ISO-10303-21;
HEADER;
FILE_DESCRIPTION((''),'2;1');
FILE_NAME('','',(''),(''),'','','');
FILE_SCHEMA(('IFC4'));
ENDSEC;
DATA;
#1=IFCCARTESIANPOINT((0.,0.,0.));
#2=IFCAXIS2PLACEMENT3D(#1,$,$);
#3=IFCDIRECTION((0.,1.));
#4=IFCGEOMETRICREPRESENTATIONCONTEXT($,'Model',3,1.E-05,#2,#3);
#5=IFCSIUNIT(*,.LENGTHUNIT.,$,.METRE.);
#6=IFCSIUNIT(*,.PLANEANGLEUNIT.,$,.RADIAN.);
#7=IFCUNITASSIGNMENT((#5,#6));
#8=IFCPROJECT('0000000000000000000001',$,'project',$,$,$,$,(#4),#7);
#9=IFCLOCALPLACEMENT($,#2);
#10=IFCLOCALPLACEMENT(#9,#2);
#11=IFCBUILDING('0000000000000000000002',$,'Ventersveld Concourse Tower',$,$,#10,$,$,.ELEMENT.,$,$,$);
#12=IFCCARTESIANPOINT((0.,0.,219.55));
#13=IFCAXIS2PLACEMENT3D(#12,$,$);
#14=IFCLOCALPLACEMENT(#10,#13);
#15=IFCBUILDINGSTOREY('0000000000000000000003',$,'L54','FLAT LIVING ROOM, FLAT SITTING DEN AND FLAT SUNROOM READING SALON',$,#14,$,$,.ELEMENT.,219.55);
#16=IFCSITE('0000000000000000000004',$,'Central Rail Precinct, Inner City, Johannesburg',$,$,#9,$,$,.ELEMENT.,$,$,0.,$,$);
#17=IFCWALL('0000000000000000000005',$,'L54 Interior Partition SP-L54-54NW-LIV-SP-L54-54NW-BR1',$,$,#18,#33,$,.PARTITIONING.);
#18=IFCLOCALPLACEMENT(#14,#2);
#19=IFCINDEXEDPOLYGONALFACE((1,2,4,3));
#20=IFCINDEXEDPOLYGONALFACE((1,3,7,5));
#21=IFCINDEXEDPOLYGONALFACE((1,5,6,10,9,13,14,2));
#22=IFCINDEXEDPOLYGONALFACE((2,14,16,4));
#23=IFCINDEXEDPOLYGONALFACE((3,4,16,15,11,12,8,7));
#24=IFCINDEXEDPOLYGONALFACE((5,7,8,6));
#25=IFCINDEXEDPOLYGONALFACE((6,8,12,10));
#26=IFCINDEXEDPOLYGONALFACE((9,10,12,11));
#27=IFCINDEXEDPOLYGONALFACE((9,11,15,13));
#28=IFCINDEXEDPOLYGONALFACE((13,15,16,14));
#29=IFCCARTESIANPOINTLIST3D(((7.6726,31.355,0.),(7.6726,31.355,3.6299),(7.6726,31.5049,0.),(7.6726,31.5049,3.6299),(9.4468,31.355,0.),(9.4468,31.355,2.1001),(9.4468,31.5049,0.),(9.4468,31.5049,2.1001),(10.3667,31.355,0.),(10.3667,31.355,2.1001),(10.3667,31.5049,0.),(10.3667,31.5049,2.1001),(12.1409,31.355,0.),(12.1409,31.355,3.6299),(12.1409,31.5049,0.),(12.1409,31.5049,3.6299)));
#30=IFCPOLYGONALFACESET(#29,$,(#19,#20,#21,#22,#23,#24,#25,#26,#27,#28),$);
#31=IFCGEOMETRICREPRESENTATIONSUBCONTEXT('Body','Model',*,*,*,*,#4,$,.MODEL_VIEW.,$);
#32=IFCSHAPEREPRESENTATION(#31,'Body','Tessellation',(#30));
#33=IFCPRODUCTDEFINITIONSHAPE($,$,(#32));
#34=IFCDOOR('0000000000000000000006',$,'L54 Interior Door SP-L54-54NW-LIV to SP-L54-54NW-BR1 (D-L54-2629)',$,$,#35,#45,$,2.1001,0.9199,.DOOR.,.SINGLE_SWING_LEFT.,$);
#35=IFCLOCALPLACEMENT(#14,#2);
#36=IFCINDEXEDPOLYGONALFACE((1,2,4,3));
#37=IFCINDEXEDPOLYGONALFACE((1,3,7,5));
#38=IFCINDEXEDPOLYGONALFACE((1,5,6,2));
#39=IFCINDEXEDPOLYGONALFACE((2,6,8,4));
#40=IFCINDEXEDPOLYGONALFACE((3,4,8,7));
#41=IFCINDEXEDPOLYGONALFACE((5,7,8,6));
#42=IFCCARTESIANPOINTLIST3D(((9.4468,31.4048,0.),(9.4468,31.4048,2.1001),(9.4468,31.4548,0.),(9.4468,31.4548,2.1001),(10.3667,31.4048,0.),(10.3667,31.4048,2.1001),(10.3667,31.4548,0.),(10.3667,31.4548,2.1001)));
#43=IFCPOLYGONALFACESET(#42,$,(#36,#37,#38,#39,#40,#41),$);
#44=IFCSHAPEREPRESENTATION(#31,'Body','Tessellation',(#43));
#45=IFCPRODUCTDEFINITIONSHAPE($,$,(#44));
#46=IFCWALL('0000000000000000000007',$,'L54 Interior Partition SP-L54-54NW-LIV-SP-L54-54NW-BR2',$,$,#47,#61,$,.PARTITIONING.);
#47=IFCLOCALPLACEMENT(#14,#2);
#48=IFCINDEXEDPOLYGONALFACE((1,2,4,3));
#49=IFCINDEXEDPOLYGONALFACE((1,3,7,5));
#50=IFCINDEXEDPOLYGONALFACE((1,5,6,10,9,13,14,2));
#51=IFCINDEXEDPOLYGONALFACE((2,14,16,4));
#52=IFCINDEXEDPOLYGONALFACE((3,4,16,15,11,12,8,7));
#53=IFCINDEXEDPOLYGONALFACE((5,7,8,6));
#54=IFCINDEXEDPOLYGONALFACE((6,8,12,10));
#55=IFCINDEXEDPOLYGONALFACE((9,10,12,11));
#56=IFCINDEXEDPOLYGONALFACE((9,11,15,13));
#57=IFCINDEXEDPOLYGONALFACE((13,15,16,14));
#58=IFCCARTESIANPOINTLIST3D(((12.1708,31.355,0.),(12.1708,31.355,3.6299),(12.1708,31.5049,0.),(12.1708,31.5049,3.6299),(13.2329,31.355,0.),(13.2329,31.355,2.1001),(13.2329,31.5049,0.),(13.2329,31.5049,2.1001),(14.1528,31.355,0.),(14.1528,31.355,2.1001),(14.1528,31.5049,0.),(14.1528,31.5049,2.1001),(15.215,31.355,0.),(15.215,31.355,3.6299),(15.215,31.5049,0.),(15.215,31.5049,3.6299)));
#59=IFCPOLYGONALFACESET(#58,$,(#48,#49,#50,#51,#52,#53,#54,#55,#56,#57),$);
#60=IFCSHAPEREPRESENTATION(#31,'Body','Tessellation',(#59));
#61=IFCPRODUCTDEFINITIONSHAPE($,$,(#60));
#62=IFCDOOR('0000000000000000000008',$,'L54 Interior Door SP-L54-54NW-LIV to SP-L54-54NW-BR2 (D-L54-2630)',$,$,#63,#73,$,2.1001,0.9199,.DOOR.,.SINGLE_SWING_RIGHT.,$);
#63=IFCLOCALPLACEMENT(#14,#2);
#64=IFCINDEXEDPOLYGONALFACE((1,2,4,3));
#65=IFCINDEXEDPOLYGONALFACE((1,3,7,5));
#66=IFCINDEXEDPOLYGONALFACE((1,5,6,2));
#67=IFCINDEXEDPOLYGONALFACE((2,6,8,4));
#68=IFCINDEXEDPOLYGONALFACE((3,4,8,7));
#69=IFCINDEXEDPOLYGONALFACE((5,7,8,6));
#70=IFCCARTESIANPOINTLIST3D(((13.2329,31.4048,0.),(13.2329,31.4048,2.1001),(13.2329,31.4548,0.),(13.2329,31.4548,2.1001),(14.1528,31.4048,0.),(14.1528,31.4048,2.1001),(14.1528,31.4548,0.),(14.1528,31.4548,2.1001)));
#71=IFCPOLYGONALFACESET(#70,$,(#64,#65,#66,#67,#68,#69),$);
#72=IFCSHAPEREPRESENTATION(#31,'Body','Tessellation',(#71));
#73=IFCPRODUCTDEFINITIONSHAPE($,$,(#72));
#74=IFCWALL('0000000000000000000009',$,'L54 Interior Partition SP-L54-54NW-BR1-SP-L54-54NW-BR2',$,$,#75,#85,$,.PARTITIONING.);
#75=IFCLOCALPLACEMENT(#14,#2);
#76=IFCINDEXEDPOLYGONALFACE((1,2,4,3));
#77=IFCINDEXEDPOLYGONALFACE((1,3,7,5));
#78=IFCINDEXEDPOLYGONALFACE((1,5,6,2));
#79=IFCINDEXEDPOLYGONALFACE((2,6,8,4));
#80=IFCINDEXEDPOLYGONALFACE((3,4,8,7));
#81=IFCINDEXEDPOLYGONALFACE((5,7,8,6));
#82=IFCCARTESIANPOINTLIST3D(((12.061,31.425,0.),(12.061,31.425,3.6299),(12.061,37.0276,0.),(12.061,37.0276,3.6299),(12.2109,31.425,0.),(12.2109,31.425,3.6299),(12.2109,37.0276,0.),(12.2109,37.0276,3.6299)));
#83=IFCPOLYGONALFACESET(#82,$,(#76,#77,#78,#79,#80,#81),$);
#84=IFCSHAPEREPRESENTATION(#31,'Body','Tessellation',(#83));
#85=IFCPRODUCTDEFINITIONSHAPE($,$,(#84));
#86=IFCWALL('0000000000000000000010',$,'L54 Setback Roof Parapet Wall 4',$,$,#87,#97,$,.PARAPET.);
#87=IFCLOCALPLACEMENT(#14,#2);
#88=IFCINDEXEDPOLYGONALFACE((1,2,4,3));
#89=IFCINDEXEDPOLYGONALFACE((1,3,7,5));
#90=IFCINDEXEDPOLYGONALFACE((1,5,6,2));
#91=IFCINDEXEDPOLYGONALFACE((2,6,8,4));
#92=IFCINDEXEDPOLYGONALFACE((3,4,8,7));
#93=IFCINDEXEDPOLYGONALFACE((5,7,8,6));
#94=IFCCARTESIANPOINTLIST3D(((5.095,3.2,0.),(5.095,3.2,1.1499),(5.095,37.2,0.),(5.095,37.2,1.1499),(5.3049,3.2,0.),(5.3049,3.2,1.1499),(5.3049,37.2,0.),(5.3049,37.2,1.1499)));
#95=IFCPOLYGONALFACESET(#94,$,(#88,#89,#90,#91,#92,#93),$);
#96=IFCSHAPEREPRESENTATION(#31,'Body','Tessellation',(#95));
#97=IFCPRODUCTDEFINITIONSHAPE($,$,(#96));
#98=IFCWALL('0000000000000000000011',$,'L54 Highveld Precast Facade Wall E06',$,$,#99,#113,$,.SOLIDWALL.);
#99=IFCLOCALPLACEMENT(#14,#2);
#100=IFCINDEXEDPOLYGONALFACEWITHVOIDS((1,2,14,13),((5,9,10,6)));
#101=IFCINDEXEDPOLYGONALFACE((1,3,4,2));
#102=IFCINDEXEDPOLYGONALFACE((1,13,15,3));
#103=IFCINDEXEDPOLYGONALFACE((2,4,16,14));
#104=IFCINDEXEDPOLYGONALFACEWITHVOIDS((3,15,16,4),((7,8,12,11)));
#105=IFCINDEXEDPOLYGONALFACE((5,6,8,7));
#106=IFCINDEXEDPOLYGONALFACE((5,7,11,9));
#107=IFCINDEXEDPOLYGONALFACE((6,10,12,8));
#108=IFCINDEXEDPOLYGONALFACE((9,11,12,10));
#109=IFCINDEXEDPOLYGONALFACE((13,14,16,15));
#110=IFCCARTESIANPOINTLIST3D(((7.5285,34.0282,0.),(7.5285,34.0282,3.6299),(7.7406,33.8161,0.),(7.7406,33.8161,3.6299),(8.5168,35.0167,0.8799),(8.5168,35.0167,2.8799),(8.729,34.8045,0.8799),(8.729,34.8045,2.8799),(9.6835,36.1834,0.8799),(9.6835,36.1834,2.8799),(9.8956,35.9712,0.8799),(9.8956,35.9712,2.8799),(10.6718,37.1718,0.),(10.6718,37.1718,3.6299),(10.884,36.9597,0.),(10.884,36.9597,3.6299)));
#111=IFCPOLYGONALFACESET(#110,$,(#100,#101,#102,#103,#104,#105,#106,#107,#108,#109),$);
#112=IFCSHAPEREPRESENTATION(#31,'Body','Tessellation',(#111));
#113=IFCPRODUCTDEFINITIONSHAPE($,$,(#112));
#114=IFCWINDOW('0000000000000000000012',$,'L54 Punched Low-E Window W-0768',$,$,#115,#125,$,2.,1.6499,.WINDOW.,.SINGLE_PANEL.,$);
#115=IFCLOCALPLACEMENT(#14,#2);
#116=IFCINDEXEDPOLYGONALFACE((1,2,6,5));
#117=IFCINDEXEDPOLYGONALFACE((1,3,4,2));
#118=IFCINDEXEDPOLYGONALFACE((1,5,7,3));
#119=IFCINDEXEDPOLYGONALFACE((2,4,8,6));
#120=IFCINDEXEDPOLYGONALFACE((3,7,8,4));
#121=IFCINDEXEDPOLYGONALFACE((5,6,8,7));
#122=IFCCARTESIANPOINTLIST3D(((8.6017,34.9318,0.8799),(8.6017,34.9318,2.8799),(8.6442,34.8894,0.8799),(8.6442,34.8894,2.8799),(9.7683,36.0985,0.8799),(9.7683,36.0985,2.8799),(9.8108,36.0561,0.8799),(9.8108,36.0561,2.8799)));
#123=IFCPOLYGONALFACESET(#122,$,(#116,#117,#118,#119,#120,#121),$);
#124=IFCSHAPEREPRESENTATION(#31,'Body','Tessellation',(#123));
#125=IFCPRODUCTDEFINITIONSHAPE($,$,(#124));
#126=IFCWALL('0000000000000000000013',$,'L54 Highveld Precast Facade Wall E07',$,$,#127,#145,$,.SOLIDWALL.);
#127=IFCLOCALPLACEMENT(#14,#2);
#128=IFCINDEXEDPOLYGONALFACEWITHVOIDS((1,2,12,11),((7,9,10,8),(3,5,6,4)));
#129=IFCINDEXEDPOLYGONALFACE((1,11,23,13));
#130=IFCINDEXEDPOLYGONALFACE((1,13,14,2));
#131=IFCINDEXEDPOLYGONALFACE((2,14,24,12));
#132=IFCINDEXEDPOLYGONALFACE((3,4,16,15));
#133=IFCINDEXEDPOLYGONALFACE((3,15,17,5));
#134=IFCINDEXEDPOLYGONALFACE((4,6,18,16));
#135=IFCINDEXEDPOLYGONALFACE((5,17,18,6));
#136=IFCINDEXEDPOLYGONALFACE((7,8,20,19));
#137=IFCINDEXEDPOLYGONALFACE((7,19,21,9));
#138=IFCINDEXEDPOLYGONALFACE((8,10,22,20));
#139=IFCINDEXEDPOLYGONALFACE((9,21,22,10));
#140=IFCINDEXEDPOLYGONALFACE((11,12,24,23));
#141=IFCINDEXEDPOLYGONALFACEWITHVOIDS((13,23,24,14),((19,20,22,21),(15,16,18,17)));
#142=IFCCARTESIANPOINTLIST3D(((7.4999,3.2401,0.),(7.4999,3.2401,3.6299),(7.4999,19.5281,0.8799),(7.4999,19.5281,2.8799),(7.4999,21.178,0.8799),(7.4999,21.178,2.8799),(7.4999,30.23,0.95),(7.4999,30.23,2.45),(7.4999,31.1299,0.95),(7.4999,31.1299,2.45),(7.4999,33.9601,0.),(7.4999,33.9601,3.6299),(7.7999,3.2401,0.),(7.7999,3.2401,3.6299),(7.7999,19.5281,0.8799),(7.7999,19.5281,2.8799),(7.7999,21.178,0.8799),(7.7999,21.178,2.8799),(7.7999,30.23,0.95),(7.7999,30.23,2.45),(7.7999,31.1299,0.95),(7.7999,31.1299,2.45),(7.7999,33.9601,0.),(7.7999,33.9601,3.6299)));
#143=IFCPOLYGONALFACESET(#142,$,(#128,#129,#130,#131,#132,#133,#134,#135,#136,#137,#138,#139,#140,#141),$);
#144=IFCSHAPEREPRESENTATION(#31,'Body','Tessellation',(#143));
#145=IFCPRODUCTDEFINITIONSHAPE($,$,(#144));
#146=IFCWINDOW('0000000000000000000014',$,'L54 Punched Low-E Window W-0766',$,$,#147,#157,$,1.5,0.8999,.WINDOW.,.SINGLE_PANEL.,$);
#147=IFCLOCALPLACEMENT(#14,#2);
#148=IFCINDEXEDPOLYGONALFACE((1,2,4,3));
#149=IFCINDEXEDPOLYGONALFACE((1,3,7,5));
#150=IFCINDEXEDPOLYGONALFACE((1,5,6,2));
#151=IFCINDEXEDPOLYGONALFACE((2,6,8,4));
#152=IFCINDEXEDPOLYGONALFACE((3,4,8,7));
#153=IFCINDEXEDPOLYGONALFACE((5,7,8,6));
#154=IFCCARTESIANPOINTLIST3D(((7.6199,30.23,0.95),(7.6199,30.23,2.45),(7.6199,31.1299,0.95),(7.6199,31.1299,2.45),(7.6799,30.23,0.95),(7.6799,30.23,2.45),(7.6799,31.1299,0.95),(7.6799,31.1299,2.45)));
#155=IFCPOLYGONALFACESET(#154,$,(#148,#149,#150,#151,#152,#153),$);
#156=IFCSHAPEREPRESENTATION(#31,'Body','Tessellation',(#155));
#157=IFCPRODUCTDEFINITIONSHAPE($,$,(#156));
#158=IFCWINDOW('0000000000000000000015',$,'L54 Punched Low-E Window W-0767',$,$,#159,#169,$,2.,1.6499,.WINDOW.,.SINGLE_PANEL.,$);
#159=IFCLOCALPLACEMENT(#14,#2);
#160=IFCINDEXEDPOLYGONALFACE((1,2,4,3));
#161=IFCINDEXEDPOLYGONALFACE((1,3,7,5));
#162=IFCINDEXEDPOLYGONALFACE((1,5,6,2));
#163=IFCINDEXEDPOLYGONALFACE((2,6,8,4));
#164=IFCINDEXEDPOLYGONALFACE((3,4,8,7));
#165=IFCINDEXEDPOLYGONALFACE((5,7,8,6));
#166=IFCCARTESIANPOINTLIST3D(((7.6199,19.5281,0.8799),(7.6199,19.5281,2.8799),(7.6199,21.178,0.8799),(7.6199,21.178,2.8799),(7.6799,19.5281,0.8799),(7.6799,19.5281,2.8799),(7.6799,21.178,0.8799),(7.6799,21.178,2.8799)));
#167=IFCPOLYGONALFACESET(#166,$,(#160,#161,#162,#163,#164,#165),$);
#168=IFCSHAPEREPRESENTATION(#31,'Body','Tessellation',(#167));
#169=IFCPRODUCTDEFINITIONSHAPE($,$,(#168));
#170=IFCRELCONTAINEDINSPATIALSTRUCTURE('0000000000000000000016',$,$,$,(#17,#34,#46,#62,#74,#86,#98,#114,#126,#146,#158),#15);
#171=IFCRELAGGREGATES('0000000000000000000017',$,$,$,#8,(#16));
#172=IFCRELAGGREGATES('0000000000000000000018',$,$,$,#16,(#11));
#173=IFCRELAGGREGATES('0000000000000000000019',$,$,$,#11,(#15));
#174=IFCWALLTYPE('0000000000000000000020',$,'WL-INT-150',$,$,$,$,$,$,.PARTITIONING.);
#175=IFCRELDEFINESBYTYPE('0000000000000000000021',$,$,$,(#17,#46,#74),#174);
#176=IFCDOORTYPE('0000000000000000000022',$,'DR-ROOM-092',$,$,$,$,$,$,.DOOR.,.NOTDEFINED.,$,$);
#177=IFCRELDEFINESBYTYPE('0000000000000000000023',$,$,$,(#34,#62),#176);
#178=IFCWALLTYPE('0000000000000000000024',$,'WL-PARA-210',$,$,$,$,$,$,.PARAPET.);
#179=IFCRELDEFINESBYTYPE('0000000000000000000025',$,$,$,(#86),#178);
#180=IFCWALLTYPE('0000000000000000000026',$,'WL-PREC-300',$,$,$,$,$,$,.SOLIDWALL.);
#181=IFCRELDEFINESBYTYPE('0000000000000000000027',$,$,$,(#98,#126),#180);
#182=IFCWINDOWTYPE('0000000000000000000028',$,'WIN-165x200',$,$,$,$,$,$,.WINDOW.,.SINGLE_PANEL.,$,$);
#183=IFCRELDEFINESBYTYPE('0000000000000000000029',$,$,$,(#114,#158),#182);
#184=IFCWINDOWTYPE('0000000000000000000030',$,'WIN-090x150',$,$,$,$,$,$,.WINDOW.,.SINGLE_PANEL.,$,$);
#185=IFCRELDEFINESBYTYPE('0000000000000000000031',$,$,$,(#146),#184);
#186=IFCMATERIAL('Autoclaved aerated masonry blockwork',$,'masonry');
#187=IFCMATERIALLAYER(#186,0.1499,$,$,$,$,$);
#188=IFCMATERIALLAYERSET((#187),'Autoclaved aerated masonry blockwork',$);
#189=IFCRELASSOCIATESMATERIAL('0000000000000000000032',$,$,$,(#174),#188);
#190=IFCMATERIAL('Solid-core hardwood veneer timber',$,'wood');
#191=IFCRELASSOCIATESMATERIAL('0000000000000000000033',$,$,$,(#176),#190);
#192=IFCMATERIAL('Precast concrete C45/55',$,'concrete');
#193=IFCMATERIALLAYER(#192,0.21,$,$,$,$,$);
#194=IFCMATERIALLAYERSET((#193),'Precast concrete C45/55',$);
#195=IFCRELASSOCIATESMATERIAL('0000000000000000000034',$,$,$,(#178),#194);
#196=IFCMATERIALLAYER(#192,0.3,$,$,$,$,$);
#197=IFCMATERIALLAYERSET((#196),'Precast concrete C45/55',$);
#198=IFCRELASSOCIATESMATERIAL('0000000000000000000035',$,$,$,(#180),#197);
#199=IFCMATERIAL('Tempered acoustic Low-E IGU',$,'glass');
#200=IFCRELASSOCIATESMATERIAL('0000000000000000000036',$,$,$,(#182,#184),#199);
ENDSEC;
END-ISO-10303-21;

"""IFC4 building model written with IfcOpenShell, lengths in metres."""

from ifc_helpers import new_model, si_unit, direction, frame, frame_2d, origin, place, context, subcontext, project, spatial, rectangle, extrude, material, layer, layer_set, type_object, element, fill, save


model = new_model("IFC4")

# Units and contexts
model_context = context("Model", 3, precision=1e-05, world=origin(), true_north=direction((0.0, 1.0)))
body_context = subcontext(model_context, "Body", "Model", "MODEL_VIEW")
ifc_project = project(units=[si_unit("LENGTHUNIT", "METRE"), si_unit("PLANEANGLEUNIT", "RADIAN")], contexts=[model_context])

# Site, building, storey
site_placement = place(None, origin())
site = spatial("IfcSite", under=ifc_project, at=site_placement, Name="Central Rail Precinct, Inner City, Johannesburg", CompositionType="ELEMENT", RefElevation=0.0)
building_placement = place(site_placement, origin())
building = spatial("IfcBuilding", under=site, at=building_placement, Name="Ventersveld Concourse Tower", CompositionType="ELEMENT")
storey_placement = place(building_placement, frame((0.0, 0.0, 219.55)))
storey = spatial("IfcBuildingStorey", under=building, at=storey_placement, Name="L54", Description="FLAT LIVING ROOM, FLAT SITTING DEN AND FLAT SUNROOM READING SALON", CompositionType="ELEMENT", Elevation=219.55)

# Walls, openings, doors
ifc_material_1 = material(Name="Autoclaved aerated masonry blockwork", Category="masonry")
ifc_layer_1 = layer(ifc_material_1, 0.1499)
ifc_layer_set_1 = layer_set([ifc_layer_1], Name="Autoclaved aerated masonry blockwork")
wall_type_1 = type_object("IfcWallType", Name="WL-INT-150", PredefinedType="PARTITIONING", material=ifc_layer_set_1)
wall_1_placement = place(storey_placement, frame((7.6726, 31.4299, 0.0), z_axis=(0.0, 0.0, 1.0), x_axis=(1.0, 0.0, 0.0)))
wall_1 = element("IfcWall", 1, at=wall_1_placement, inside=storey, type_object=wall_type_1, Name="L54 Interior Partition SP-L54-54NW-LIV-SP-L54-54NW-BR1", PredefinedType="PARTITIONING", context=body_context, shape_type="SweptSolid", body=[
    extrude(rectangle(XDim=4.4683, YDim=0.1499, at=frame_2d((2.2341, 0.0))), origin(), (0.0, 0.0, 1.0), 3.6299),
])
opening_1_placement = place(wall_1_placement, frame((1.7742, 0.0, 0.0)))
opening_1 = element("IfcOpeningElement", 2, at=opening_1_placement, cuts=wall_1, PredefinedType="OPENING", context=body_context, shape_type="SweptSolid", body=[
    extrude(rectangle(XDim=0.9199, YDim=2.1001, at=frame_2d((0.46, 1.05))), frame((0.0, 0.085, 0.0), z_axis=(0.0, -1.0, 0.0), x_axis=(1.0, 0.0, 0.0)), (0.0, 0.0, 1.0), 0.1699),
])
ifc_material_2 = material(Name="Solid-core hardwood veneer timber", Category="wood")
door_type = type_object("IfcDoorType", Name="DR-ROOM-092", OperationType="NOTDEFINED", PredefinedType="DOOR", material=ifc_material_2)
door_1_placement = place(opening_1_placement, origin())
door_1 = element("IfcDoor", 3, at=door_1_placement, inside=storey, type_object=door_type, Name="L54 Interior Door SP-L54-54NW-LIV to SP-L54-54NW-BR1 (D-L54-2629)", OperationType="SINGLE_SWING_LEFT", OverallHeight=2.1001, OverallWidth=0.9199, PredefinedType="DOOR", context=body_context, shape_type="SweptSolid", body=[
    extrude(rectangle(XDim=0.9199, YDim=2.1001, at=frame_2d((0.46, 1.05))), frame((0.0, 0.0249, 0.0), z_axis=(0.0, -1.0, 0.0), x_axis=(1.0, 0.0, 0.0)), (0.0, 0.0, 1.0), 0.05),
])
fill(opening_1, door_1)
wall_2_placement = place(storey_placement, frame((12.1709, 31.4299, 0.0), z_axis=(0.0, 0.0, 1.0), x_axis=(1.0, 0.0, 0.0)))
wall_2 = element("IfcWall", 4, at=wall_2_placement, inside=storey, type_object=wall_type_1, Name="L54 Interior Partition SP-L54-54NW-LIV-SP-L54-54NW-BR2", PredefinedType="PARTITIONING", context=body_context, shape_type="SweptSolid", body=[
    extrude(rectangle(XDim=3.0442, YDim=0.1499, at=frame_2d((1.522, 0.0))), origin(), (0.0, 0.0, 1.0), 3.6299),
])
opening_2_placement = place(wall_2_placement, frame((1.062, 0.0, 0.0)))
opening_2 = element("IfcOpeningElement", 5, at=opening_2_placement, cuts=wall_2, PredefinedType="OPENING", context=body_context, shape_type="SweptSolid", body=[
    extrude(rectangle(XDim=0.9199, YDim=2.1001, at=frame_2d((0.46, 1.05))), frame((0.0, 0.085, 0.0), z_axis=(0.0, -1.0, 0.0), x_axis=(1.0, 0.0, 0.0)), (0.0, 0.0, 1.0), 0.1699),
])
door_2_placement = place(opening_2_placement, origin())
door_2 = element("IfcDoor", 6, at=door_2_placement, inside=storey, type_object=door_type, Name="L54 Interior Door SP-L54-54NW-LIV to SP-L54-54NW-BR2 (D-L54-2630)", OperationType="SINGLE_SWING_RIGHT", OverallHeight=2.1001, OverallWidth=0.9199, PredefinedType="DOOR", context=body_context, shape_type="SweptSolid", body=[
    extrude(rectangle(XDim=0.9199, YDim=2.1001, at=frame_2d((0.46, 1.05))), frame((0.0, 0.0249, 0.0), z_axis=(0.0, -1.0, 0.0), x_axis=(1.0, 0.0, 0.0)), (0.0, 0.0, 1.0), 0.05),
])
fill(opening_2, door_2)

# Walls
wall_3_placement = place(storey_placement, frame((12.136, 31.425, 0.0), z_axis=(0.0, 0.0, 1.0), x_axis=(0.0, 1.0, 0.0)))
element("IfcWall", 7, at=wall_3_placement, inside=storey, type_object=wall_type_1, Name="L54 Interior Partition SP-L54-54NW-BR1-SP-L54-54NW-BR2", PredefinedType="PARTITIONING", context=body_context, shape_type="SweptSolid", body=[
    extrude(rectangle(XDim=5.6025, YDim=0.1499, at=frame_2d((2.8013, 0.0))), origin(), (0.0, 0.0, 1.0), 3.6299),
])
ifc_material_3 = material(Name="Precast concrete C45/55", Category="concrete")
ifc_layer_2 = layer(ifc_material_3, 0.21)
ifc_layer_set_2 = layer_set([ifc_layer_2], Name="Precast concrete C45/55")
wall_type_2 = type_object("IfcWallType", Name="WL-PARA-210", PredefinedType="PARAPET", material=ifc_layer_set_2)
wall_4_placement = place(storey_placement, frame((5.2, 37.2, 0.0), z_axis=(0.0, 0.0, 1.0), x_axis=(0.0, -1.0, 0.0)))
element("IfcWall", 8, at=wall_4_placement, inside=storey, type_object=wall_type_2, Name="L54 Setback Roof Parapet Wall 4", PredefinedType="PARAPET", context=body_context, shape_type="SweptSolid", body=[
    extrude(rectangle(XDim=34.0, YDim=0.21, at=frame_2d((17.0, 0.0))), origin(), (0.0, 0.0, 1.0), 1.1499),
])

# Wall, opening, window
ifc_layer_3 = layer(ifc_material_3, 0.3)
ifc_layer_set_3 = layer_set([ifc_layer_3], Name="Precast concrete C45/55")
wall_type_3 = type_object("IfcWallType", Name="WL-PREC-300", PredefinedType="SOLIDWALL", material=ifc_layer_set_3)
wall_5_placement = place(storey_placement, frame((10.7778, 37.0657, 0.0), z_axis=(0.0, 0.0, 1.0), x_axis=(-0.707079, -0.707134, 0.0)))
wall_5 = element("IfcWall", 9, at=wall_5_placement, inside=storey, type_object=wall_type_3, Name="L54 Highveld Precast Facade Wall E06", PredefinedType="SOLIDWALL", context=body_context, shape_type="SweptSolid", body=[
    extrude(rectangle(XDim=4.4456, YDim=0.3, at=frame_2d((2.2227, 0.0))), origin(), (0.0, 0.0, 1.0), 3.6299),
])
opening_3_placement = place(wall_5_placement, frame((1.3977, 0.0, 0.8799)))
opening_3 = element("IfcOpeningElement", 10, at=opening_3_placement, cuts=wall_5, PredefinedType="OPENING", context=body_context, shape_type="SweptSolid", body=[
    extrude(rectangle(XDim=1.6499, YDim=2.0, at=frame_2d((0.825, 1.0))), frame((0.0, 0.1602, 0.0), z_axis=(0.0, -1.0, 0.0), x_axis=(1.0, 0.0, 0.0)), (0.0, 0.0, 1.0), 0.3201),
])
ifc_material_4 = material(Name="Tempered acoustic Low-E IGU", Category="glass")
window_type_1 = type_object("IfcWindowType", Name="WIN-165x200", PartitioningType="SINGLE_PANEL", PredefinedType="WINDOW", material=ifc_material_4)
window_1_placement = place(opening_3_placement, origin())
window_1 = element("IfcWindow", 11, at=window_1_placement, inside=storey, type_object=window_type_1, Name="L54 Punched Low-E Window W-0768", OverallHeight=2.0, OverallWidth=1.6499, PartitioningType="SINGLE_PANEL", PredefinedType="WINDOW", context=body_context, shape_type="SweptSolid", body=[
    extrude(rectangle(XDim=1.6499, YDim=2.0, at=frame_2d((0.825, 1.0))), frame((0.0, 0.03, 0.0), z_axis=(0.0, -1.0, 0.0), x_axis=(1.0, 0.0, 0.0)), (0.0, 0.0, 1.0), 0.0601),
])
fill(opening_3, window_1)

# Wall, openings, windows
wall_6_placement = place(storey_placement, frame((7.6499, 33.96, 0.0), z_axis=(0.0, 0.0, 1.0), x_axis=(0.0, -1.0, 0.0)))
wall_6 = element("IfcWall", 12, at=wall_6_placement, inside=storey, type_object=wall_type_3, Name="L54 Highveld Precast Facade Wall E07", PredefinedType="SOLIDWALL", context=body_context, shape_type="SweptSolid", body=[
    extrude(rectangle(XDim=30.72, YDim=0.3, at=frame_2d((15.3599, 0.0))), origin(), (0.0, 0.0, 1.0), 3.6299),
])
opening_4_placement = place(wall_6_placement, frame((2.8301, 0.0, 0.95)))
opening_4 = element("IfcOpeningElement", 13, at=opening_4_placement, cuts=wall_6, PredefinedType="OPENING", context=body_context, shape_type="SweptSolid", body=[
    extrude(rectangle(XDim=0.8999, YDim=1.5, at=frame_2d((0.45, 0.75))), frame((0.0, 0.1602, 0.0), z_axis=(0.0, -1.0, 0.0), x_axis=(1.0, 0.0, 0.0)), (0.0, 0.0, 1.0), 0.3201),
])
opening_5_placement = place(wall_6_placement, frame((12.782, 0.0, 0.8799)))
opening_5 = element("IfcOpeningElement", 14, at=opening_5_placement, cuts=wall_6, PredefinedType="OPENING", context=body_context, shape_type="SweptSolid", body=[
    extrude(rectangle(XDim=1.6499, YDim=2.0, at=frame_2d((0.825, 1.0))), frame((0.0, 0.1602, 0.0), z_axis=(0.0, -1.0, 0.0), x_axis=(1.0, 0.0, 0.0)), (0.0, 0.0, 1.0), 0.3201),
])
window_type_2 = type_object("IfcWindowType", Name="WIN-090x150", PartitioningType="SINGLE_PANEL", PredefinedType="WINDOW", material=ifc_material_4)
window_2_placement = place(opening_4_placement, origin())
window_2 = element("IfcWindow", 15, at=window_2_placement, inside=storey, type_object=window_type_2, Name="L54 Punched Low-E Window W-0766", OverallHeight=1.5, OverallWidth=0.8999, PartitioningType="SINGLE_PANEL", PredefinedType="WINDOW", context=body_context, shape_type="SweptSolid", body=[
    extrude(rectangle(XDim=0.8999, YDim=1.5, at=frame_2d((0.45, 0.75))), frame((0.0, 0.03, 0.0), z_axis=(0.0, -1.0, 0.0), x_axis=(1.0, 0.0, 0.0)), (0.0, 0.0, 1.0), 0.0601),
])
fill(opening_4, window_2)
window_3_placement = place(opening_5_placement, origin())
window_3 = element("IfcWindow", 16, at=window_3_placement, inside=storey, type_object=window_type_1, Name="L54 Punched Low-E Window W-0767", OverallHeight=2.0, OverallWidth=1.6499, PartitioningType="SINGLE_PANEL", PredefinedType="WINDOW", context=body_context, shape_type="SweptSolid", body=[
    extrude(rectangle(XDim=1.6499, YDim=2.0, at=frame_2d((0.825, 1.0))), frame((0.0, 0.03, 0.0), z_axis=(0.0, -1.0, 0.0), x_axis=(1.0, 0.0, 0.0)), (0.0, 0.0, 1.0), 0.0601),
])
fill(opening_5, window_3)

save(model, "model.ifc")
